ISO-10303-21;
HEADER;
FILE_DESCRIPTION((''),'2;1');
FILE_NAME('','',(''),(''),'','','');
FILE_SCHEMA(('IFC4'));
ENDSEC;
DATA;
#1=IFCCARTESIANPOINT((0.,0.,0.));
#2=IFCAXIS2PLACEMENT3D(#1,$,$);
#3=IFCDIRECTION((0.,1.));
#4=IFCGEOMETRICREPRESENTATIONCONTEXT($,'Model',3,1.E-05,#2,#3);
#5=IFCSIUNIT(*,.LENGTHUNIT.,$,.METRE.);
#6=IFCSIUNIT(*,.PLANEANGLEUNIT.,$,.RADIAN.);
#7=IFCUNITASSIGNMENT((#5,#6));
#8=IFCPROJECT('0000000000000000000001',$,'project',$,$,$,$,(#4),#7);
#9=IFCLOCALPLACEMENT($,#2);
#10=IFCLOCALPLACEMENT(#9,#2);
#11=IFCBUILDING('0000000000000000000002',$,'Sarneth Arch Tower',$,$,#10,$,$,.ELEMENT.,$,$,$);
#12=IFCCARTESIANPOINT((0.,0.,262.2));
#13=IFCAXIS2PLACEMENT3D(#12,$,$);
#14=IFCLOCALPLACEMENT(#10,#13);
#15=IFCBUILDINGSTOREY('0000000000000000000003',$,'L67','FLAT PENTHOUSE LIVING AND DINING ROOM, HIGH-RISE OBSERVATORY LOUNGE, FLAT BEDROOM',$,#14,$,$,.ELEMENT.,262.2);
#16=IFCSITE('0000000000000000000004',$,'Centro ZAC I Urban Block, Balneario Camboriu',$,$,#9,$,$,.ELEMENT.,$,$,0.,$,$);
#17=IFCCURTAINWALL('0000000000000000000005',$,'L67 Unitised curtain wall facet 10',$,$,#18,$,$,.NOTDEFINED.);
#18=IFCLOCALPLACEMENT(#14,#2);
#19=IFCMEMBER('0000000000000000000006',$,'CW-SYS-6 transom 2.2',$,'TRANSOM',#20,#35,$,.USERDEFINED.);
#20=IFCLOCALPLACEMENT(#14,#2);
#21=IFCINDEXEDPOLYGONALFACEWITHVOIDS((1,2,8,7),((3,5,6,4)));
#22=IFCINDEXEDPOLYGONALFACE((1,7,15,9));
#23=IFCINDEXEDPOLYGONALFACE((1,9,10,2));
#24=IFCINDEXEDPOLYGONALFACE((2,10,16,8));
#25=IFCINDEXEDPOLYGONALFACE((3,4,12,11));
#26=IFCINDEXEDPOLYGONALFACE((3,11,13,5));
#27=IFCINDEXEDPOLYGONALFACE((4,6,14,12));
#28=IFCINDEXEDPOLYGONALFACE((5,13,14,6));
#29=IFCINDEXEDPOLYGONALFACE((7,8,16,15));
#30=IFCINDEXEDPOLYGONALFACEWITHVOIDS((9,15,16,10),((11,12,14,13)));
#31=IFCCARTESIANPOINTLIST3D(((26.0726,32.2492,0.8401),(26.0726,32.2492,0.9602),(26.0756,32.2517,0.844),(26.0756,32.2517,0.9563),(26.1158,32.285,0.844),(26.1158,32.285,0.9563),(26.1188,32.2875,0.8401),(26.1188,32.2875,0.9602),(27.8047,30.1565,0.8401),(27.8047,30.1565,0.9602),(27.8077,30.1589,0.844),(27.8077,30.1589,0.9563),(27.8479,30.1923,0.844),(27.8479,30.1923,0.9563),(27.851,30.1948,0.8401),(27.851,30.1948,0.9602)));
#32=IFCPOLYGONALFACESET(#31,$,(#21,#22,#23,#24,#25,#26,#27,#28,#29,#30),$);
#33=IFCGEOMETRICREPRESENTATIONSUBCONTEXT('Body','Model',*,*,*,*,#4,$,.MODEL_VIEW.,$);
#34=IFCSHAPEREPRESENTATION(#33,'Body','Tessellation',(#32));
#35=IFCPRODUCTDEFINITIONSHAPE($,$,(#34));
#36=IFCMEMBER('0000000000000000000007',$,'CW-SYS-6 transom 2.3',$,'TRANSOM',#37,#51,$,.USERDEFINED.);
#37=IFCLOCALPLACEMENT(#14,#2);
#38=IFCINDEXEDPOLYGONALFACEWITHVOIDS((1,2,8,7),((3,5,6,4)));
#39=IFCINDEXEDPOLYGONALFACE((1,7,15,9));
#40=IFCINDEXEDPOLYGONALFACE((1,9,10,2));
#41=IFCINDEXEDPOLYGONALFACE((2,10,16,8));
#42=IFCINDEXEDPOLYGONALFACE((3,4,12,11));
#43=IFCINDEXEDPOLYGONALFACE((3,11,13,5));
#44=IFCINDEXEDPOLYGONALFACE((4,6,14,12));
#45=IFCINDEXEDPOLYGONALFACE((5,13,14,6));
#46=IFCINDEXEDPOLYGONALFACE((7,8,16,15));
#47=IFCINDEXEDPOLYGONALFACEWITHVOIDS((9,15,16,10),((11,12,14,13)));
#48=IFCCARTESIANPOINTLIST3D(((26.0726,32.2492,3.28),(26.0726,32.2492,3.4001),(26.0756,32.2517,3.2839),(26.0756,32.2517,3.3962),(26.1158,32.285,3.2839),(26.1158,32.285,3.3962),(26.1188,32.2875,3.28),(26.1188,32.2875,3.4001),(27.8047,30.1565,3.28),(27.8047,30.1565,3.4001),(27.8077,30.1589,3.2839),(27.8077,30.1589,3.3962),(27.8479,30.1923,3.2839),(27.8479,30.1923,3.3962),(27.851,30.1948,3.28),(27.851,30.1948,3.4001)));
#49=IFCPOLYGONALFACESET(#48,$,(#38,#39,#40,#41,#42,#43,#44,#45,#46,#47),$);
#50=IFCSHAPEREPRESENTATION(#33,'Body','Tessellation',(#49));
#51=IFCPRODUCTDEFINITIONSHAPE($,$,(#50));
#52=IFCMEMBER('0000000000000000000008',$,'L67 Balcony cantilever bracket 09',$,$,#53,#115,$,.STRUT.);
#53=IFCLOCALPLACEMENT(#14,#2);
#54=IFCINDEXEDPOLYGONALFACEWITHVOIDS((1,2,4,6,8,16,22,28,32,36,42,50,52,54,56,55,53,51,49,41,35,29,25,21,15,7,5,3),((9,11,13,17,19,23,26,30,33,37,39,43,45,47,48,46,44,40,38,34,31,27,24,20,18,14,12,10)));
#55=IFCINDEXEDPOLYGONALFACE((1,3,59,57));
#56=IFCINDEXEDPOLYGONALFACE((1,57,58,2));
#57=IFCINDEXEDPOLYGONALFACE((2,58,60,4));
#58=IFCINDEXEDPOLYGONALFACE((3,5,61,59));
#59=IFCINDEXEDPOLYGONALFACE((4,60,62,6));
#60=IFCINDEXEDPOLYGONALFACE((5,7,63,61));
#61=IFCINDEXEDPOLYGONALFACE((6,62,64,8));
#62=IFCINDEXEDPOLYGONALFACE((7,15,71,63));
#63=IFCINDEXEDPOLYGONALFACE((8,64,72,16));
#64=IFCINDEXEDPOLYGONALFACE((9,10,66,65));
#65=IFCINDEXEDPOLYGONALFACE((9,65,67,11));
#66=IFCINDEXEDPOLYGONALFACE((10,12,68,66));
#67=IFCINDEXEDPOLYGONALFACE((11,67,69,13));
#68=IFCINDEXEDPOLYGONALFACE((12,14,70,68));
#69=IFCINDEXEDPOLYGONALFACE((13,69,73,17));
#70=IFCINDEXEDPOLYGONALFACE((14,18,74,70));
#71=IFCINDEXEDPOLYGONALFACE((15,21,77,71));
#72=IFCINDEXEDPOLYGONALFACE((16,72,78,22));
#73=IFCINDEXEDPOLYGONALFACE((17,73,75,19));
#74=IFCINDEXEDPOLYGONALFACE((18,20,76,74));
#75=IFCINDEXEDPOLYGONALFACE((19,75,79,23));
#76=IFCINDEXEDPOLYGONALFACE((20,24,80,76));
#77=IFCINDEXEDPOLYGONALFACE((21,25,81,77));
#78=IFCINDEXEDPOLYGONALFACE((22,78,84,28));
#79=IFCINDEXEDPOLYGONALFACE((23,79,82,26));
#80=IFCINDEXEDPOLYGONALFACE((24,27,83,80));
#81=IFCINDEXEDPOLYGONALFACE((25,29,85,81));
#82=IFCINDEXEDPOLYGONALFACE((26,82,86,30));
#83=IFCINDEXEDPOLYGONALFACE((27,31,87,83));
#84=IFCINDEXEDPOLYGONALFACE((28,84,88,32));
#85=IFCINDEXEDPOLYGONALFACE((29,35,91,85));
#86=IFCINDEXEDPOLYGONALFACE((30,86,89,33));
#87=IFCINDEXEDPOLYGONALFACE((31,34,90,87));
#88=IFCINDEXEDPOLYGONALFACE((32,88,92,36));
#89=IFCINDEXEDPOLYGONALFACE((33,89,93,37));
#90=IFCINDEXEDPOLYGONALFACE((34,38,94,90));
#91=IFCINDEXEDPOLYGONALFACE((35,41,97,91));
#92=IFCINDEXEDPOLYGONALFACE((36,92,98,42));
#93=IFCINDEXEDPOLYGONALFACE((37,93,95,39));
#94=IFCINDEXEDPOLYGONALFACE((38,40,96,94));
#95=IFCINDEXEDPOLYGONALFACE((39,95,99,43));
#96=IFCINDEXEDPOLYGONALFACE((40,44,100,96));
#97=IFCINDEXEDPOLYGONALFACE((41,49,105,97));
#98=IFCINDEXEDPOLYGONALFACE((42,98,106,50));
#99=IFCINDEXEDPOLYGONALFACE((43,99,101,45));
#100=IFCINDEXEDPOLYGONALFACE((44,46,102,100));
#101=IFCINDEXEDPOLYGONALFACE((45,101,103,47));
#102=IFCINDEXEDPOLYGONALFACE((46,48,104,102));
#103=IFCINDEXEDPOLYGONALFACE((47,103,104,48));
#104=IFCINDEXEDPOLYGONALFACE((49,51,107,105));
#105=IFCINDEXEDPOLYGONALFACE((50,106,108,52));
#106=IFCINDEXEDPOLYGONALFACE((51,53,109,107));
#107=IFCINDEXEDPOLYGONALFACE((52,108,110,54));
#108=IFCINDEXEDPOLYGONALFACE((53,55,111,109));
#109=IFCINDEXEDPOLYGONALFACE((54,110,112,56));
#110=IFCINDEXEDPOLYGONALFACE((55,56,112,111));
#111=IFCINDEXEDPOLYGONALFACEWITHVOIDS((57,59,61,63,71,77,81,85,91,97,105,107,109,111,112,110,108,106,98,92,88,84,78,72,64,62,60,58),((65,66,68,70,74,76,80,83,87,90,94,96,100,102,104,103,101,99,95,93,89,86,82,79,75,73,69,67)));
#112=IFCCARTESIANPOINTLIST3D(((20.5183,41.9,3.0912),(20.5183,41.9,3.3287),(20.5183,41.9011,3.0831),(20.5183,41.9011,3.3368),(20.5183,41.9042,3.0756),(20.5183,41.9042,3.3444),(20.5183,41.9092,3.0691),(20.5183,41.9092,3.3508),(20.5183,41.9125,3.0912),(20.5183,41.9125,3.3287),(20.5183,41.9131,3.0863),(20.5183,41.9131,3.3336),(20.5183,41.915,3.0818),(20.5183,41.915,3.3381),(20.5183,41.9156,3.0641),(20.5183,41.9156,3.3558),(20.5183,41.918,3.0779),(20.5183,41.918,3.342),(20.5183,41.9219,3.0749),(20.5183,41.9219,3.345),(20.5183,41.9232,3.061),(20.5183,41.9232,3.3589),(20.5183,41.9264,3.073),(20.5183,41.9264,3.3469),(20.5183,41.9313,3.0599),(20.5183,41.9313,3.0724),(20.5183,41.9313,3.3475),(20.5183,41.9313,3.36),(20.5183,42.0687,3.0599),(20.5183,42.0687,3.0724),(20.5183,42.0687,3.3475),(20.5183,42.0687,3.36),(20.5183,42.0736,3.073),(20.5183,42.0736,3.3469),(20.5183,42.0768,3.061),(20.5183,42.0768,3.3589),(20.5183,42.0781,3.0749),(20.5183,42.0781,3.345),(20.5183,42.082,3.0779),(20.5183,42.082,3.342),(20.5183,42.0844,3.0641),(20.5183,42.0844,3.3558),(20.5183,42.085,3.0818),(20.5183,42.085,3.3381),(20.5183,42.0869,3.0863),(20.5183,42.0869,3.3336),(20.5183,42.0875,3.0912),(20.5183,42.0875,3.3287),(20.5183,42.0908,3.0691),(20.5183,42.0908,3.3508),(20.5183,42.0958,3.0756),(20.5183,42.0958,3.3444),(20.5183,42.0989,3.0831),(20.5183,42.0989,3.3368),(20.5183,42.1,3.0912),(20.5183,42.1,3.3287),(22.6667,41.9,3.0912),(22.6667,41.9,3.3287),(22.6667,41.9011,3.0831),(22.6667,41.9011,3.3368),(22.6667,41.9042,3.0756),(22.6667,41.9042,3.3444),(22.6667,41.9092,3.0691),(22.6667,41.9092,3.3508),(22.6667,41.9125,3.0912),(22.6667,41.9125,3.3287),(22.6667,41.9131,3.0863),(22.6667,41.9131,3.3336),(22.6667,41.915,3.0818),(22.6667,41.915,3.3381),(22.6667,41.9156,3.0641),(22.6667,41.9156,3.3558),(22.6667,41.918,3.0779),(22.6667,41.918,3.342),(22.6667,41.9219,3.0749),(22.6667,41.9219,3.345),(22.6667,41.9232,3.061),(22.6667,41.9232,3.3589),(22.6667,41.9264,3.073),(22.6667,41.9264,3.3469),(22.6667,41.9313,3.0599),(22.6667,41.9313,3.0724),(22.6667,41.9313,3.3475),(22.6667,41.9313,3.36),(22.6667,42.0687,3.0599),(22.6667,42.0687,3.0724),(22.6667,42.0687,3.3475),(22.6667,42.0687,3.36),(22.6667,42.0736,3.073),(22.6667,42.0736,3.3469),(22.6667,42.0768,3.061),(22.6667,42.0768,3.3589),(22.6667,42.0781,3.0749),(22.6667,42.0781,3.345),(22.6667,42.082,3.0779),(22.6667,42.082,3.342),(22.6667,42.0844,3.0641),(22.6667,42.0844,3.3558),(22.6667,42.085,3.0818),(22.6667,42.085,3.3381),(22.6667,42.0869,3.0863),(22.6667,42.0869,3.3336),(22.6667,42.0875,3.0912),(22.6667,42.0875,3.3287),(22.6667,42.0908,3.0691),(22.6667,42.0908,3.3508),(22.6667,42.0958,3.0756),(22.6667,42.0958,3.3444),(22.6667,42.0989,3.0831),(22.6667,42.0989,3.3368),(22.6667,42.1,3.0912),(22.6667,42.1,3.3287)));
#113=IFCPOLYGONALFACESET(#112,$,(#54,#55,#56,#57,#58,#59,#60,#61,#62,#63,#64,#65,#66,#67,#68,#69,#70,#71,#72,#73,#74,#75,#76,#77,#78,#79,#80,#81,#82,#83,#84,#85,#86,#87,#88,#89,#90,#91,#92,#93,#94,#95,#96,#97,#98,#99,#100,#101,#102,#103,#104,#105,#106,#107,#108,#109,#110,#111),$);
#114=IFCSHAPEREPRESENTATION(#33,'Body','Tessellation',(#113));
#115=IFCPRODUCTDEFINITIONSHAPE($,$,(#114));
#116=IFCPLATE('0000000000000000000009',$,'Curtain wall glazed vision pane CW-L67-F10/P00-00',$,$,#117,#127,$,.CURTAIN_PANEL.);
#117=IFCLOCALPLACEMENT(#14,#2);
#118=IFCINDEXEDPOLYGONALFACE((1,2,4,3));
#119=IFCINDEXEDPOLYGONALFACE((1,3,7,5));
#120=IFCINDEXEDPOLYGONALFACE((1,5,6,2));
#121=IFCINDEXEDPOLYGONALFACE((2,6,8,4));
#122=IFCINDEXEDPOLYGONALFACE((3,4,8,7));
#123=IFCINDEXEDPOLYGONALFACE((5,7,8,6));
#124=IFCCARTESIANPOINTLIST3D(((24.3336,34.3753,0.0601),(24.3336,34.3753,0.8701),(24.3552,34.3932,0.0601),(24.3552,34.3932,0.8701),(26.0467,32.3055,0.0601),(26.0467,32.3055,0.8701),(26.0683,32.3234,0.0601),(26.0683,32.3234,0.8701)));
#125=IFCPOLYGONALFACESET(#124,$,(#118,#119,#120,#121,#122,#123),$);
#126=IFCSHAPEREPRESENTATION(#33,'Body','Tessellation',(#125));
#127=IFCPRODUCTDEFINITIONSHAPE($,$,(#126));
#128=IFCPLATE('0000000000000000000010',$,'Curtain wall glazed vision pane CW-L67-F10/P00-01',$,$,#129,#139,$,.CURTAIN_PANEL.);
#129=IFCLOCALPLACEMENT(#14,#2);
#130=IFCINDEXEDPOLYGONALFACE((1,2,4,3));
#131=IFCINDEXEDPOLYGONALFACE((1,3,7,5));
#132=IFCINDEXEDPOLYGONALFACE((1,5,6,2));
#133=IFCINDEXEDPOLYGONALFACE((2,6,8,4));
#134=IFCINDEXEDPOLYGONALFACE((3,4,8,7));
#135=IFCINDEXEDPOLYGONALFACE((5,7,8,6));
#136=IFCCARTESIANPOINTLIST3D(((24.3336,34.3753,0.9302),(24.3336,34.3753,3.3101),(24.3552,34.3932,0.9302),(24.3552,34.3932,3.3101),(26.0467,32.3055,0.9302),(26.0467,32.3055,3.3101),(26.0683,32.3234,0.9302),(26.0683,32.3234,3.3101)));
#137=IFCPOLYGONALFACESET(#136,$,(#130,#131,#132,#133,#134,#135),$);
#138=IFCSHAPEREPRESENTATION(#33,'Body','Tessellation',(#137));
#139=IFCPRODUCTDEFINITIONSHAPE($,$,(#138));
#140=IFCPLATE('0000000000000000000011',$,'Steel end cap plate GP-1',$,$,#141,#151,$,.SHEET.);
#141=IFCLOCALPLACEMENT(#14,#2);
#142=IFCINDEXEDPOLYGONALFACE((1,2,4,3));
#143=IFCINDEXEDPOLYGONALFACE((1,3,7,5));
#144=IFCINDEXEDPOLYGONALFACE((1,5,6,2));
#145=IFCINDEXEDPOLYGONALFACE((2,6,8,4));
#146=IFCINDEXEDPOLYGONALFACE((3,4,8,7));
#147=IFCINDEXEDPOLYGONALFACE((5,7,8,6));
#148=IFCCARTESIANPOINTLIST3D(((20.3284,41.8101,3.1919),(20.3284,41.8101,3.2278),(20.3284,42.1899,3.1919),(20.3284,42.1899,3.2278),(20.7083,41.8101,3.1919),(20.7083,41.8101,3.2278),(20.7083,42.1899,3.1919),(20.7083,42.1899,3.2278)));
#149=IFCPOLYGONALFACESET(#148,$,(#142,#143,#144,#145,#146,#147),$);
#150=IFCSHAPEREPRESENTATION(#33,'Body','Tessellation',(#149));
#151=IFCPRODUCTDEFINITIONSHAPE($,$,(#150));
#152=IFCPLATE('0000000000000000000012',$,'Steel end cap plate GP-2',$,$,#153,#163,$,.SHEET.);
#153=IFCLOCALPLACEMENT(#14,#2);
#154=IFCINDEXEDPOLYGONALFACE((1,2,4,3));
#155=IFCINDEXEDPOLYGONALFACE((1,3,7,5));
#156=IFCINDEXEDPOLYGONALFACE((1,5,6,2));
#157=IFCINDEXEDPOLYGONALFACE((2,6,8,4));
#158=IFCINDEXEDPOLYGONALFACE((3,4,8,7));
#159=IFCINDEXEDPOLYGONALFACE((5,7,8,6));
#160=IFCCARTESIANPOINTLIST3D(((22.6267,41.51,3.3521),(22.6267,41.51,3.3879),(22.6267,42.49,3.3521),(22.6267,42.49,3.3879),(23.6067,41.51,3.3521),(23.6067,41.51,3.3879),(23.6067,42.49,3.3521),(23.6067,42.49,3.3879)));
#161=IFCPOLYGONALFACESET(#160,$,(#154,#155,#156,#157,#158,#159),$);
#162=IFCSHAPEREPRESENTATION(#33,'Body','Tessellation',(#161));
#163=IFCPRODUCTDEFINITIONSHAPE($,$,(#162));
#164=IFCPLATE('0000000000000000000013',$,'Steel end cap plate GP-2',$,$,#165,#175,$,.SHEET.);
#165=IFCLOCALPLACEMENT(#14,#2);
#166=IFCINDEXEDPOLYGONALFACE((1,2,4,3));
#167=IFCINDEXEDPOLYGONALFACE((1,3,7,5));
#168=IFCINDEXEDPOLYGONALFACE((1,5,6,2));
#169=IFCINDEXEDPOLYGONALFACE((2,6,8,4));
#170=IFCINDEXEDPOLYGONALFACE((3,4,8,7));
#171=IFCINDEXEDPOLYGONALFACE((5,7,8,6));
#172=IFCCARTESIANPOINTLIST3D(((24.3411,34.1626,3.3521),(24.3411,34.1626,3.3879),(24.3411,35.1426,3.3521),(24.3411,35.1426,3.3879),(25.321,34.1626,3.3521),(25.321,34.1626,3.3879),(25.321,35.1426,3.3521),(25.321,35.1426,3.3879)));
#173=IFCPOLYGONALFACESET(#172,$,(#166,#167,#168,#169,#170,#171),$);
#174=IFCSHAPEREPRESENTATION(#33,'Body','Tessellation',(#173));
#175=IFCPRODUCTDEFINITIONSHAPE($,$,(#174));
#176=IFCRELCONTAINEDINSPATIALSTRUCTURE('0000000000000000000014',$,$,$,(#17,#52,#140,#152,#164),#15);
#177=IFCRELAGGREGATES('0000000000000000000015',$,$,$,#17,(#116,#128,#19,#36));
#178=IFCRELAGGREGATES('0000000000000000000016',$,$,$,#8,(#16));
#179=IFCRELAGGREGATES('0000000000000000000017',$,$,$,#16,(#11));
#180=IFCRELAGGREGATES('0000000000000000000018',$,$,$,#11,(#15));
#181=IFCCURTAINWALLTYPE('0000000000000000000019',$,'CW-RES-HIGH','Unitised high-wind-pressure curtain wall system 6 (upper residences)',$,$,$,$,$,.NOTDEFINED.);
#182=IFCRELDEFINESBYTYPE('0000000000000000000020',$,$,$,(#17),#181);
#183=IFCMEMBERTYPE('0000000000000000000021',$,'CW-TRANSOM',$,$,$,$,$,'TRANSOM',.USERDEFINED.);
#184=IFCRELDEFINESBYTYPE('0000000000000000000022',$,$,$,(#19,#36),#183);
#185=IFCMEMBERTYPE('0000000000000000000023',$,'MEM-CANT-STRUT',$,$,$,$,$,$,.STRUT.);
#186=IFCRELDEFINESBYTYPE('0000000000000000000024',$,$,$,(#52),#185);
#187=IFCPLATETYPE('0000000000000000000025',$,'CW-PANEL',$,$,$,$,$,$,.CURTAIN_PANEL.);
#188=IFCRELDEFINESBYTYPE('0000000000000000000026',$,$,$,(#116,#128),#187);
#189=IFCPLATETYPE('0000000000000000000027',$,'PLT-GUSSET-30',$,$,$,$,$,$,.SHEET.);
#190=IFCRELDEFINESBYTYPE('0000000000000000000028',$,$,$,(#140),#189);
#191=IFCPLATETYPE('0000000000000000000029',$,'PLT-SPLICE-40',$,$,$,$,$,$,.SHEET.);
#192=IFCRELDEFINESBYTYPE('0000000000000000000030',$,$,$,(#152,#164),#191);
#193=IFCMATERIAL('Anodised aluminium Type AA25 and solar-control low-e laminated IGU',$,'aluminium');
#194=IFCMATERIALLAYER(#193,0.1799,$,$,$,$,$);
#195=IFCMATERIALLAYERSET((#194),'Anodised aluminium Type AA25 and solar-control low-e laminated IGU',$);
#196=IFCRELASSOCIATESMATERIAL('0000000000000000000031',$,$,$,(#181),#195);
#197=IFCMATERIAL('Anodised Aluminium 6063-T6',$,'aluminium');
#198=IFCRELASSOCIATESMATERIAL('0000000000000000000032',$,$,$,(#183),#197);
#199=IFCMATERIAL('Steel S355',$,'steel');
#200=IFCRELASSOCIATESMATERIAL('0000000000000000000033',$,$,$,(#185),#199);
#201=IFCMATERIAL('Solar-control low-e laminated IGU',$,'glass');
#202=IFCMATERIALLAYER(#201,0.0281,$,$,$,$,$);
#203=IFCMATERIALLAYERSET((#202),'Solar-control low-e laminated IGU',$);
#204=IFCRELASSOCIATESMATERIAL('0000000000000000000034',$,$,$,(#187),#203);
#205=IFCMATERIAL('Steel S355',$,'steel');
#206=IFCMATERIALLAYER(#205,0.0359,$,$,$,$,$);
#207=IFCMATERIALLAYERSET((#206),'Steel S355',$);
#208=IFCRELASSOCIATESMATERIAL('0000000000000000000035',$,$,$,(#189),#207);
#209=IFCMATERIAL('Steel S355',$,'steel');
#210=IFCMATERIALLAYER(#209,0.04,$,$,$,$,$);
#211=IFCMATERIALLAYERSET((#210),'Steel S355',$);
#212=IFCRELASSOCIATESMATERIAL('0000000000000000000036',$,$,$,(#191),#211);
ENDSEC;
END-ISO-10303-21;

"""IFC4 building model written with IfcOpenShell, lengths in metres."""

from ifc_helpers import new_model, si_unit, direction, frame, origin, origin_2d, place, context, subcontext, project, spatial, rectangle, hollow_rectangle, extrude, material, layer, layer_set, material_profile, profile_set, type_object, element, aggregate, save


model = new_model("IFC4")

# Units and contexts
model_context = context("Model", 3, precision=1e-05, world=origin(), true_north=direction((0.0, 1.0)))
body_context = subcontext(model_context, "Body", "Model", "MODEL_VIEW")
ifc_project = project(units=[si_unit("LENGTHUNIT", "METRE"), si_unit("PLANEANGLEUNIT", "RADIAN")], contexts=[model_context])

# Site, building, storey
site_placement = place(None, origin())
site = spatial("IfcSite", under=ifc_project, at=site_placement, Name="Centro ZAC I Urban Block, Balneario Camboriu", CompositionType="ELEMENT", RefElevation=0.0)
building_placement = place(site_placement, origin())
building = spatial("IfcBuilding", under=site, at=building_placement, Name="Sarneth Arch Tower", CompositionType="ELEMENT")
storey_placement = place(building_placement, frame((0.0, 0.0, 262.2)))
storey = spatial("IfcBuildingStorey", under=building, at=storey_placement, Name="L67", Description="FLAT PENTHOUSE LIVING AND DINING ROOM, HIGH-RISE OBSERVATORY LOUNGE, FLAT BEDROOM", CompositionType="ELEMENT", Elevation=262.2)

# Curtain wall, members
ifc_material_1 = material(Name="Anodised aluminium Type AA25 and solar-control low-e laminated IGU", Category="aluminium")
ifc_layer_1 = layer(ifc_material_1, 0.1799)
ifc_layer_set_1 = layer_set([ifc_layer_1], Name="Anodised aluminium Type AA25 and solar-control low-e laminated IGU")
curtain_wall_type = type_object("IfcCurtainWallType", Name="CW-RES-HIGH", Description="Unitised high-wind-pressure curtain wall system 6 (upper residences)", PredefinedType="NOTDEFINED", material=ifc_layer_set_1)
curtain_wall_placement = place(storey_placement, origin())
curtain_wall = element("IfcCurtainWall", 1, at=curtain_wall_placement, inside=storey, type_object=curtain_wall_type, Name="L67 Unitised curtain wall facet 10", PredefinedType="NOTDEFINED")
ifc_material_2 = material(Name="Anodised Aluminium 6063-T6", Category="aluminium")
ifc_material_profile_1 = material_profile(ifc_material_2, hollow_rectangle(XDim=0.0601, YDim=0.1201, WallThickness=0.0039, at=origin_2d()), Name="AL-TRAN-120x60x4")
ifc_profile_set_1 = profile_set([ifc_material_profile_1], Name="Anodised Aluminium 6063-T6")
member_type_1 = type_object("IfcMemberType", Name="CW-TRANSOM", ElementType="TRANSOM", PredefinedType="USERDEFINED", material=ifc_profile_set_1)
member_1_placement = place(storey_placement, frame((26.0957, 32.2683, 0.9001), z_axis=(0.637617, -0.770353, 0.0), x_axis=(0.770353, 0.637617, 0.0)))
member_1 = element("IfcMember", 2, at=member_1_placement, type_object=member_type_1, Name="CW-SYS-6 transom 2.2", ObjectType="TRANSOM", PredefinedType="USERDEFINED", context=body_context, shape_type="SweptSolid", body=[
    extrude(hollow_rectangle(XDim=0.0601, YDim=0.1201, WallThickness=0.0039, at=origin_2d()), origin(), (0.0, 0.0, 1.0), 2.7166),
])
member_2_placement = place(storey_placement, frame((26.0957, 32.2683, 3.3401), z_axis=(0.637617, -0.770353, 0.0), x_axis=(0.770353, 0.637617, 0.0)))
member_2 = element("IfcMember", 3, at=member_2_placement, type_object=member_type_1, Name="CW-SYS-6 transom 2.3", ObjectType="TRANSOM", PredefinedType="USERDEFINED", context=body_context, shape_type="SweptSolid", body=[
    extrude(hollow_rectangle(XDim=0.0601, YDim=0.1201, WallThickness=0.0039, at=origin_2d()), origin(), (0.0, 0.0, 1.0), 2.7166),
])

# Member
ifc_material_3 = material(Name="Steel S355", Category="steel")
ifc_material_profile_2 = material_profile(ifc_material_3, hollow_rectangle(XDim=0.2, YDim=0.3, WallThickness=0.0125, InnerFilletRadius=0.0188, OuterFilletRadius=0.0312, at=origin_2d()), Name="RHS300x200x12.5")
ifc_profile_set_2 = profile_set([ifc_material_profile_2], Name="Steel S355")
member_type_2 = type_object("IfcMemberType", Name="MEM-CANT-STRUT", PredefinedType="STRUT", material=ifc_profile_set_2)
member_3_placement = place(storey_placement, frame((22.6667, 42.0, 3.21), z_axis=(-1.0, 0.0, 0.0), x_axis=(0.0, -1.0, 0.0)))
element("IfcMember", 4, at=member_3_placement, inside=storey, type_object=member_type_2, Name="L67 Balcony cantilever bracket 09", PredefinedType="STRUT", context=body_context, shape_type="SweptSolid", body=[
    extrude(hollow_rectangle(XDim=0.2, YDim=0.3, WallThickness=0.0125, InnerFilletRadius=0.0188, OuterFilletRadius=0.0312, at=origin_2d()), origin(), (0.0, 0.0, 1.0), 2.1484),
])

# Plates
ifc_material_4 = material(Name="Solar-control low-e laminated IGU", Category="glass")
ifc_layer_2 = layer(ifc_material_4, 0.0281)
ifc_layer_set_2 = layer_set([ifc_layer_2], Name="Solar-control low-e laminated IGU")
plate_type_1 = type_object("IfcPlateType", Name="CW-PANEL", PredefinedType="CURTAIN_PANEL", material=ifc_layer_set_2)
plate_1_placement = place(storey_placement, frame((25.2009, 33.3494, 0.0601), z_axis=(0.0, 0.0, 1.0), x_axis=(0.63761, -0.770359, 0.0)))
plate_1 = element("IfcPlate", 5, at=plate_1_placement, type_object=plate_type_1, Name="Curtain wall glazed vision pane CW-L67-F10/P00-00", PredefinedType="CURTAIN_PANEL", context=body_context, shape_type="SweptSolid", body=[
    extrude(rectangle(XDim=2.6868, YDim=0.0281, at=origin_2d()), origin(), (0.0, 0.0, 1.0), 0.8101),
])
plate_2_placement = place(storey_placement, frame((25.2009, 33.3494, 0.9302), z_axis=(0.0, 0.0, 1.0), x_axis=(0.63761, -0.770359, 0.0)))
plate_2 = element("IfcPlate", 6, at=plate_2_placement, type_object=plate_type_1, Name="Curtain wall glazed vision pane CW-L67-F10/P00-01", PredefinedType="CURTAIN_PANEL", context=body_context, shape_type="SweptSolid", body=[
    extrude(rectangle(XDim=2.6868, YDim=0.0281, at=origin_2d()), origin(), (0.0, 0.0, 1.0), 2.3799),
])
aggregate(curtain_wall, [plate_1, plate_2, member_1, member_2])

# Plates
ifc_material_5 = material(Name="Steel S355", Category="steel")
ifc_layer_3 = layer(ifc_material_5, 0.0359)
ifc_layer_set_3 = layer_set([ifc_layer_3], Name="Steel S355")
plate_type_2 = type_object("IfcPlateType", Name="PLT-GUSSET-30", PredefinedType="SHEET", material=ifc_layer_set_3)
plate_3_placement = place(storey_placement, frame((20.5183, 42.0, 3.1919), z_axis=(0.0, 0.0, 1.0), x_axis=(-1.0, 0.0, 0.0)))
element("IfcPlate", 7, at=plate_3_placement, inside=storey, type_object=plate_type_2, Name="Steel end cap plate GP-1", PredefinedType="SHEET", context=body_context, shape_type="SweptSolid", body=[
    extrude(rectangle(XDim=0.3799, YDim=0.3799, at=origin_2d()), origin(), (0.0, 0.0, 1.0), 0.0359),
])
ifc_material_6 = material(Name="Steel S355", Category="steel")
ifc_layer_4 = layer(ifc_material_6, 0.04)
ifc_layer_set_4 = layer_set([ifc_layer_4], Name="Steel S355")
plate_type_3 = type_object("IfcPlateType", Name="PLT-SPLICE-40", PredefinedType="SHEET", material=ifc_layer_set_4)
for number, where, z_axis, x_axis, name in (
    (8, (23.1167, 42.0, 3.3521), (0.0, 0.0, 1.0), (1.0, 0.0, 0.0), "Steel end cap plate GP-2"),
    (9, (24.8311, 34.6526, 3.3521), (0.0, 0.0, 1.0), (1.0, 0.0, 0.0), "Steel end cap plate GP-2"),
):
    element("IfcPlate", number, at=place(storey_placement, frame(where, z_axis=z_axis, x_axis=x_axis)), inside=storey, type_object=plate_type_3, Name=name, PredefinedType="SHEET", context=body_context, shape_type="SweptSolid", body=[
        extrude(rectangle(XDim=0.98, YDim=0.98, at=origin_2d()), origin(), (0.0, 0.0, 1.0), 0.0359),
    ])

save(model, "model.ifc")
